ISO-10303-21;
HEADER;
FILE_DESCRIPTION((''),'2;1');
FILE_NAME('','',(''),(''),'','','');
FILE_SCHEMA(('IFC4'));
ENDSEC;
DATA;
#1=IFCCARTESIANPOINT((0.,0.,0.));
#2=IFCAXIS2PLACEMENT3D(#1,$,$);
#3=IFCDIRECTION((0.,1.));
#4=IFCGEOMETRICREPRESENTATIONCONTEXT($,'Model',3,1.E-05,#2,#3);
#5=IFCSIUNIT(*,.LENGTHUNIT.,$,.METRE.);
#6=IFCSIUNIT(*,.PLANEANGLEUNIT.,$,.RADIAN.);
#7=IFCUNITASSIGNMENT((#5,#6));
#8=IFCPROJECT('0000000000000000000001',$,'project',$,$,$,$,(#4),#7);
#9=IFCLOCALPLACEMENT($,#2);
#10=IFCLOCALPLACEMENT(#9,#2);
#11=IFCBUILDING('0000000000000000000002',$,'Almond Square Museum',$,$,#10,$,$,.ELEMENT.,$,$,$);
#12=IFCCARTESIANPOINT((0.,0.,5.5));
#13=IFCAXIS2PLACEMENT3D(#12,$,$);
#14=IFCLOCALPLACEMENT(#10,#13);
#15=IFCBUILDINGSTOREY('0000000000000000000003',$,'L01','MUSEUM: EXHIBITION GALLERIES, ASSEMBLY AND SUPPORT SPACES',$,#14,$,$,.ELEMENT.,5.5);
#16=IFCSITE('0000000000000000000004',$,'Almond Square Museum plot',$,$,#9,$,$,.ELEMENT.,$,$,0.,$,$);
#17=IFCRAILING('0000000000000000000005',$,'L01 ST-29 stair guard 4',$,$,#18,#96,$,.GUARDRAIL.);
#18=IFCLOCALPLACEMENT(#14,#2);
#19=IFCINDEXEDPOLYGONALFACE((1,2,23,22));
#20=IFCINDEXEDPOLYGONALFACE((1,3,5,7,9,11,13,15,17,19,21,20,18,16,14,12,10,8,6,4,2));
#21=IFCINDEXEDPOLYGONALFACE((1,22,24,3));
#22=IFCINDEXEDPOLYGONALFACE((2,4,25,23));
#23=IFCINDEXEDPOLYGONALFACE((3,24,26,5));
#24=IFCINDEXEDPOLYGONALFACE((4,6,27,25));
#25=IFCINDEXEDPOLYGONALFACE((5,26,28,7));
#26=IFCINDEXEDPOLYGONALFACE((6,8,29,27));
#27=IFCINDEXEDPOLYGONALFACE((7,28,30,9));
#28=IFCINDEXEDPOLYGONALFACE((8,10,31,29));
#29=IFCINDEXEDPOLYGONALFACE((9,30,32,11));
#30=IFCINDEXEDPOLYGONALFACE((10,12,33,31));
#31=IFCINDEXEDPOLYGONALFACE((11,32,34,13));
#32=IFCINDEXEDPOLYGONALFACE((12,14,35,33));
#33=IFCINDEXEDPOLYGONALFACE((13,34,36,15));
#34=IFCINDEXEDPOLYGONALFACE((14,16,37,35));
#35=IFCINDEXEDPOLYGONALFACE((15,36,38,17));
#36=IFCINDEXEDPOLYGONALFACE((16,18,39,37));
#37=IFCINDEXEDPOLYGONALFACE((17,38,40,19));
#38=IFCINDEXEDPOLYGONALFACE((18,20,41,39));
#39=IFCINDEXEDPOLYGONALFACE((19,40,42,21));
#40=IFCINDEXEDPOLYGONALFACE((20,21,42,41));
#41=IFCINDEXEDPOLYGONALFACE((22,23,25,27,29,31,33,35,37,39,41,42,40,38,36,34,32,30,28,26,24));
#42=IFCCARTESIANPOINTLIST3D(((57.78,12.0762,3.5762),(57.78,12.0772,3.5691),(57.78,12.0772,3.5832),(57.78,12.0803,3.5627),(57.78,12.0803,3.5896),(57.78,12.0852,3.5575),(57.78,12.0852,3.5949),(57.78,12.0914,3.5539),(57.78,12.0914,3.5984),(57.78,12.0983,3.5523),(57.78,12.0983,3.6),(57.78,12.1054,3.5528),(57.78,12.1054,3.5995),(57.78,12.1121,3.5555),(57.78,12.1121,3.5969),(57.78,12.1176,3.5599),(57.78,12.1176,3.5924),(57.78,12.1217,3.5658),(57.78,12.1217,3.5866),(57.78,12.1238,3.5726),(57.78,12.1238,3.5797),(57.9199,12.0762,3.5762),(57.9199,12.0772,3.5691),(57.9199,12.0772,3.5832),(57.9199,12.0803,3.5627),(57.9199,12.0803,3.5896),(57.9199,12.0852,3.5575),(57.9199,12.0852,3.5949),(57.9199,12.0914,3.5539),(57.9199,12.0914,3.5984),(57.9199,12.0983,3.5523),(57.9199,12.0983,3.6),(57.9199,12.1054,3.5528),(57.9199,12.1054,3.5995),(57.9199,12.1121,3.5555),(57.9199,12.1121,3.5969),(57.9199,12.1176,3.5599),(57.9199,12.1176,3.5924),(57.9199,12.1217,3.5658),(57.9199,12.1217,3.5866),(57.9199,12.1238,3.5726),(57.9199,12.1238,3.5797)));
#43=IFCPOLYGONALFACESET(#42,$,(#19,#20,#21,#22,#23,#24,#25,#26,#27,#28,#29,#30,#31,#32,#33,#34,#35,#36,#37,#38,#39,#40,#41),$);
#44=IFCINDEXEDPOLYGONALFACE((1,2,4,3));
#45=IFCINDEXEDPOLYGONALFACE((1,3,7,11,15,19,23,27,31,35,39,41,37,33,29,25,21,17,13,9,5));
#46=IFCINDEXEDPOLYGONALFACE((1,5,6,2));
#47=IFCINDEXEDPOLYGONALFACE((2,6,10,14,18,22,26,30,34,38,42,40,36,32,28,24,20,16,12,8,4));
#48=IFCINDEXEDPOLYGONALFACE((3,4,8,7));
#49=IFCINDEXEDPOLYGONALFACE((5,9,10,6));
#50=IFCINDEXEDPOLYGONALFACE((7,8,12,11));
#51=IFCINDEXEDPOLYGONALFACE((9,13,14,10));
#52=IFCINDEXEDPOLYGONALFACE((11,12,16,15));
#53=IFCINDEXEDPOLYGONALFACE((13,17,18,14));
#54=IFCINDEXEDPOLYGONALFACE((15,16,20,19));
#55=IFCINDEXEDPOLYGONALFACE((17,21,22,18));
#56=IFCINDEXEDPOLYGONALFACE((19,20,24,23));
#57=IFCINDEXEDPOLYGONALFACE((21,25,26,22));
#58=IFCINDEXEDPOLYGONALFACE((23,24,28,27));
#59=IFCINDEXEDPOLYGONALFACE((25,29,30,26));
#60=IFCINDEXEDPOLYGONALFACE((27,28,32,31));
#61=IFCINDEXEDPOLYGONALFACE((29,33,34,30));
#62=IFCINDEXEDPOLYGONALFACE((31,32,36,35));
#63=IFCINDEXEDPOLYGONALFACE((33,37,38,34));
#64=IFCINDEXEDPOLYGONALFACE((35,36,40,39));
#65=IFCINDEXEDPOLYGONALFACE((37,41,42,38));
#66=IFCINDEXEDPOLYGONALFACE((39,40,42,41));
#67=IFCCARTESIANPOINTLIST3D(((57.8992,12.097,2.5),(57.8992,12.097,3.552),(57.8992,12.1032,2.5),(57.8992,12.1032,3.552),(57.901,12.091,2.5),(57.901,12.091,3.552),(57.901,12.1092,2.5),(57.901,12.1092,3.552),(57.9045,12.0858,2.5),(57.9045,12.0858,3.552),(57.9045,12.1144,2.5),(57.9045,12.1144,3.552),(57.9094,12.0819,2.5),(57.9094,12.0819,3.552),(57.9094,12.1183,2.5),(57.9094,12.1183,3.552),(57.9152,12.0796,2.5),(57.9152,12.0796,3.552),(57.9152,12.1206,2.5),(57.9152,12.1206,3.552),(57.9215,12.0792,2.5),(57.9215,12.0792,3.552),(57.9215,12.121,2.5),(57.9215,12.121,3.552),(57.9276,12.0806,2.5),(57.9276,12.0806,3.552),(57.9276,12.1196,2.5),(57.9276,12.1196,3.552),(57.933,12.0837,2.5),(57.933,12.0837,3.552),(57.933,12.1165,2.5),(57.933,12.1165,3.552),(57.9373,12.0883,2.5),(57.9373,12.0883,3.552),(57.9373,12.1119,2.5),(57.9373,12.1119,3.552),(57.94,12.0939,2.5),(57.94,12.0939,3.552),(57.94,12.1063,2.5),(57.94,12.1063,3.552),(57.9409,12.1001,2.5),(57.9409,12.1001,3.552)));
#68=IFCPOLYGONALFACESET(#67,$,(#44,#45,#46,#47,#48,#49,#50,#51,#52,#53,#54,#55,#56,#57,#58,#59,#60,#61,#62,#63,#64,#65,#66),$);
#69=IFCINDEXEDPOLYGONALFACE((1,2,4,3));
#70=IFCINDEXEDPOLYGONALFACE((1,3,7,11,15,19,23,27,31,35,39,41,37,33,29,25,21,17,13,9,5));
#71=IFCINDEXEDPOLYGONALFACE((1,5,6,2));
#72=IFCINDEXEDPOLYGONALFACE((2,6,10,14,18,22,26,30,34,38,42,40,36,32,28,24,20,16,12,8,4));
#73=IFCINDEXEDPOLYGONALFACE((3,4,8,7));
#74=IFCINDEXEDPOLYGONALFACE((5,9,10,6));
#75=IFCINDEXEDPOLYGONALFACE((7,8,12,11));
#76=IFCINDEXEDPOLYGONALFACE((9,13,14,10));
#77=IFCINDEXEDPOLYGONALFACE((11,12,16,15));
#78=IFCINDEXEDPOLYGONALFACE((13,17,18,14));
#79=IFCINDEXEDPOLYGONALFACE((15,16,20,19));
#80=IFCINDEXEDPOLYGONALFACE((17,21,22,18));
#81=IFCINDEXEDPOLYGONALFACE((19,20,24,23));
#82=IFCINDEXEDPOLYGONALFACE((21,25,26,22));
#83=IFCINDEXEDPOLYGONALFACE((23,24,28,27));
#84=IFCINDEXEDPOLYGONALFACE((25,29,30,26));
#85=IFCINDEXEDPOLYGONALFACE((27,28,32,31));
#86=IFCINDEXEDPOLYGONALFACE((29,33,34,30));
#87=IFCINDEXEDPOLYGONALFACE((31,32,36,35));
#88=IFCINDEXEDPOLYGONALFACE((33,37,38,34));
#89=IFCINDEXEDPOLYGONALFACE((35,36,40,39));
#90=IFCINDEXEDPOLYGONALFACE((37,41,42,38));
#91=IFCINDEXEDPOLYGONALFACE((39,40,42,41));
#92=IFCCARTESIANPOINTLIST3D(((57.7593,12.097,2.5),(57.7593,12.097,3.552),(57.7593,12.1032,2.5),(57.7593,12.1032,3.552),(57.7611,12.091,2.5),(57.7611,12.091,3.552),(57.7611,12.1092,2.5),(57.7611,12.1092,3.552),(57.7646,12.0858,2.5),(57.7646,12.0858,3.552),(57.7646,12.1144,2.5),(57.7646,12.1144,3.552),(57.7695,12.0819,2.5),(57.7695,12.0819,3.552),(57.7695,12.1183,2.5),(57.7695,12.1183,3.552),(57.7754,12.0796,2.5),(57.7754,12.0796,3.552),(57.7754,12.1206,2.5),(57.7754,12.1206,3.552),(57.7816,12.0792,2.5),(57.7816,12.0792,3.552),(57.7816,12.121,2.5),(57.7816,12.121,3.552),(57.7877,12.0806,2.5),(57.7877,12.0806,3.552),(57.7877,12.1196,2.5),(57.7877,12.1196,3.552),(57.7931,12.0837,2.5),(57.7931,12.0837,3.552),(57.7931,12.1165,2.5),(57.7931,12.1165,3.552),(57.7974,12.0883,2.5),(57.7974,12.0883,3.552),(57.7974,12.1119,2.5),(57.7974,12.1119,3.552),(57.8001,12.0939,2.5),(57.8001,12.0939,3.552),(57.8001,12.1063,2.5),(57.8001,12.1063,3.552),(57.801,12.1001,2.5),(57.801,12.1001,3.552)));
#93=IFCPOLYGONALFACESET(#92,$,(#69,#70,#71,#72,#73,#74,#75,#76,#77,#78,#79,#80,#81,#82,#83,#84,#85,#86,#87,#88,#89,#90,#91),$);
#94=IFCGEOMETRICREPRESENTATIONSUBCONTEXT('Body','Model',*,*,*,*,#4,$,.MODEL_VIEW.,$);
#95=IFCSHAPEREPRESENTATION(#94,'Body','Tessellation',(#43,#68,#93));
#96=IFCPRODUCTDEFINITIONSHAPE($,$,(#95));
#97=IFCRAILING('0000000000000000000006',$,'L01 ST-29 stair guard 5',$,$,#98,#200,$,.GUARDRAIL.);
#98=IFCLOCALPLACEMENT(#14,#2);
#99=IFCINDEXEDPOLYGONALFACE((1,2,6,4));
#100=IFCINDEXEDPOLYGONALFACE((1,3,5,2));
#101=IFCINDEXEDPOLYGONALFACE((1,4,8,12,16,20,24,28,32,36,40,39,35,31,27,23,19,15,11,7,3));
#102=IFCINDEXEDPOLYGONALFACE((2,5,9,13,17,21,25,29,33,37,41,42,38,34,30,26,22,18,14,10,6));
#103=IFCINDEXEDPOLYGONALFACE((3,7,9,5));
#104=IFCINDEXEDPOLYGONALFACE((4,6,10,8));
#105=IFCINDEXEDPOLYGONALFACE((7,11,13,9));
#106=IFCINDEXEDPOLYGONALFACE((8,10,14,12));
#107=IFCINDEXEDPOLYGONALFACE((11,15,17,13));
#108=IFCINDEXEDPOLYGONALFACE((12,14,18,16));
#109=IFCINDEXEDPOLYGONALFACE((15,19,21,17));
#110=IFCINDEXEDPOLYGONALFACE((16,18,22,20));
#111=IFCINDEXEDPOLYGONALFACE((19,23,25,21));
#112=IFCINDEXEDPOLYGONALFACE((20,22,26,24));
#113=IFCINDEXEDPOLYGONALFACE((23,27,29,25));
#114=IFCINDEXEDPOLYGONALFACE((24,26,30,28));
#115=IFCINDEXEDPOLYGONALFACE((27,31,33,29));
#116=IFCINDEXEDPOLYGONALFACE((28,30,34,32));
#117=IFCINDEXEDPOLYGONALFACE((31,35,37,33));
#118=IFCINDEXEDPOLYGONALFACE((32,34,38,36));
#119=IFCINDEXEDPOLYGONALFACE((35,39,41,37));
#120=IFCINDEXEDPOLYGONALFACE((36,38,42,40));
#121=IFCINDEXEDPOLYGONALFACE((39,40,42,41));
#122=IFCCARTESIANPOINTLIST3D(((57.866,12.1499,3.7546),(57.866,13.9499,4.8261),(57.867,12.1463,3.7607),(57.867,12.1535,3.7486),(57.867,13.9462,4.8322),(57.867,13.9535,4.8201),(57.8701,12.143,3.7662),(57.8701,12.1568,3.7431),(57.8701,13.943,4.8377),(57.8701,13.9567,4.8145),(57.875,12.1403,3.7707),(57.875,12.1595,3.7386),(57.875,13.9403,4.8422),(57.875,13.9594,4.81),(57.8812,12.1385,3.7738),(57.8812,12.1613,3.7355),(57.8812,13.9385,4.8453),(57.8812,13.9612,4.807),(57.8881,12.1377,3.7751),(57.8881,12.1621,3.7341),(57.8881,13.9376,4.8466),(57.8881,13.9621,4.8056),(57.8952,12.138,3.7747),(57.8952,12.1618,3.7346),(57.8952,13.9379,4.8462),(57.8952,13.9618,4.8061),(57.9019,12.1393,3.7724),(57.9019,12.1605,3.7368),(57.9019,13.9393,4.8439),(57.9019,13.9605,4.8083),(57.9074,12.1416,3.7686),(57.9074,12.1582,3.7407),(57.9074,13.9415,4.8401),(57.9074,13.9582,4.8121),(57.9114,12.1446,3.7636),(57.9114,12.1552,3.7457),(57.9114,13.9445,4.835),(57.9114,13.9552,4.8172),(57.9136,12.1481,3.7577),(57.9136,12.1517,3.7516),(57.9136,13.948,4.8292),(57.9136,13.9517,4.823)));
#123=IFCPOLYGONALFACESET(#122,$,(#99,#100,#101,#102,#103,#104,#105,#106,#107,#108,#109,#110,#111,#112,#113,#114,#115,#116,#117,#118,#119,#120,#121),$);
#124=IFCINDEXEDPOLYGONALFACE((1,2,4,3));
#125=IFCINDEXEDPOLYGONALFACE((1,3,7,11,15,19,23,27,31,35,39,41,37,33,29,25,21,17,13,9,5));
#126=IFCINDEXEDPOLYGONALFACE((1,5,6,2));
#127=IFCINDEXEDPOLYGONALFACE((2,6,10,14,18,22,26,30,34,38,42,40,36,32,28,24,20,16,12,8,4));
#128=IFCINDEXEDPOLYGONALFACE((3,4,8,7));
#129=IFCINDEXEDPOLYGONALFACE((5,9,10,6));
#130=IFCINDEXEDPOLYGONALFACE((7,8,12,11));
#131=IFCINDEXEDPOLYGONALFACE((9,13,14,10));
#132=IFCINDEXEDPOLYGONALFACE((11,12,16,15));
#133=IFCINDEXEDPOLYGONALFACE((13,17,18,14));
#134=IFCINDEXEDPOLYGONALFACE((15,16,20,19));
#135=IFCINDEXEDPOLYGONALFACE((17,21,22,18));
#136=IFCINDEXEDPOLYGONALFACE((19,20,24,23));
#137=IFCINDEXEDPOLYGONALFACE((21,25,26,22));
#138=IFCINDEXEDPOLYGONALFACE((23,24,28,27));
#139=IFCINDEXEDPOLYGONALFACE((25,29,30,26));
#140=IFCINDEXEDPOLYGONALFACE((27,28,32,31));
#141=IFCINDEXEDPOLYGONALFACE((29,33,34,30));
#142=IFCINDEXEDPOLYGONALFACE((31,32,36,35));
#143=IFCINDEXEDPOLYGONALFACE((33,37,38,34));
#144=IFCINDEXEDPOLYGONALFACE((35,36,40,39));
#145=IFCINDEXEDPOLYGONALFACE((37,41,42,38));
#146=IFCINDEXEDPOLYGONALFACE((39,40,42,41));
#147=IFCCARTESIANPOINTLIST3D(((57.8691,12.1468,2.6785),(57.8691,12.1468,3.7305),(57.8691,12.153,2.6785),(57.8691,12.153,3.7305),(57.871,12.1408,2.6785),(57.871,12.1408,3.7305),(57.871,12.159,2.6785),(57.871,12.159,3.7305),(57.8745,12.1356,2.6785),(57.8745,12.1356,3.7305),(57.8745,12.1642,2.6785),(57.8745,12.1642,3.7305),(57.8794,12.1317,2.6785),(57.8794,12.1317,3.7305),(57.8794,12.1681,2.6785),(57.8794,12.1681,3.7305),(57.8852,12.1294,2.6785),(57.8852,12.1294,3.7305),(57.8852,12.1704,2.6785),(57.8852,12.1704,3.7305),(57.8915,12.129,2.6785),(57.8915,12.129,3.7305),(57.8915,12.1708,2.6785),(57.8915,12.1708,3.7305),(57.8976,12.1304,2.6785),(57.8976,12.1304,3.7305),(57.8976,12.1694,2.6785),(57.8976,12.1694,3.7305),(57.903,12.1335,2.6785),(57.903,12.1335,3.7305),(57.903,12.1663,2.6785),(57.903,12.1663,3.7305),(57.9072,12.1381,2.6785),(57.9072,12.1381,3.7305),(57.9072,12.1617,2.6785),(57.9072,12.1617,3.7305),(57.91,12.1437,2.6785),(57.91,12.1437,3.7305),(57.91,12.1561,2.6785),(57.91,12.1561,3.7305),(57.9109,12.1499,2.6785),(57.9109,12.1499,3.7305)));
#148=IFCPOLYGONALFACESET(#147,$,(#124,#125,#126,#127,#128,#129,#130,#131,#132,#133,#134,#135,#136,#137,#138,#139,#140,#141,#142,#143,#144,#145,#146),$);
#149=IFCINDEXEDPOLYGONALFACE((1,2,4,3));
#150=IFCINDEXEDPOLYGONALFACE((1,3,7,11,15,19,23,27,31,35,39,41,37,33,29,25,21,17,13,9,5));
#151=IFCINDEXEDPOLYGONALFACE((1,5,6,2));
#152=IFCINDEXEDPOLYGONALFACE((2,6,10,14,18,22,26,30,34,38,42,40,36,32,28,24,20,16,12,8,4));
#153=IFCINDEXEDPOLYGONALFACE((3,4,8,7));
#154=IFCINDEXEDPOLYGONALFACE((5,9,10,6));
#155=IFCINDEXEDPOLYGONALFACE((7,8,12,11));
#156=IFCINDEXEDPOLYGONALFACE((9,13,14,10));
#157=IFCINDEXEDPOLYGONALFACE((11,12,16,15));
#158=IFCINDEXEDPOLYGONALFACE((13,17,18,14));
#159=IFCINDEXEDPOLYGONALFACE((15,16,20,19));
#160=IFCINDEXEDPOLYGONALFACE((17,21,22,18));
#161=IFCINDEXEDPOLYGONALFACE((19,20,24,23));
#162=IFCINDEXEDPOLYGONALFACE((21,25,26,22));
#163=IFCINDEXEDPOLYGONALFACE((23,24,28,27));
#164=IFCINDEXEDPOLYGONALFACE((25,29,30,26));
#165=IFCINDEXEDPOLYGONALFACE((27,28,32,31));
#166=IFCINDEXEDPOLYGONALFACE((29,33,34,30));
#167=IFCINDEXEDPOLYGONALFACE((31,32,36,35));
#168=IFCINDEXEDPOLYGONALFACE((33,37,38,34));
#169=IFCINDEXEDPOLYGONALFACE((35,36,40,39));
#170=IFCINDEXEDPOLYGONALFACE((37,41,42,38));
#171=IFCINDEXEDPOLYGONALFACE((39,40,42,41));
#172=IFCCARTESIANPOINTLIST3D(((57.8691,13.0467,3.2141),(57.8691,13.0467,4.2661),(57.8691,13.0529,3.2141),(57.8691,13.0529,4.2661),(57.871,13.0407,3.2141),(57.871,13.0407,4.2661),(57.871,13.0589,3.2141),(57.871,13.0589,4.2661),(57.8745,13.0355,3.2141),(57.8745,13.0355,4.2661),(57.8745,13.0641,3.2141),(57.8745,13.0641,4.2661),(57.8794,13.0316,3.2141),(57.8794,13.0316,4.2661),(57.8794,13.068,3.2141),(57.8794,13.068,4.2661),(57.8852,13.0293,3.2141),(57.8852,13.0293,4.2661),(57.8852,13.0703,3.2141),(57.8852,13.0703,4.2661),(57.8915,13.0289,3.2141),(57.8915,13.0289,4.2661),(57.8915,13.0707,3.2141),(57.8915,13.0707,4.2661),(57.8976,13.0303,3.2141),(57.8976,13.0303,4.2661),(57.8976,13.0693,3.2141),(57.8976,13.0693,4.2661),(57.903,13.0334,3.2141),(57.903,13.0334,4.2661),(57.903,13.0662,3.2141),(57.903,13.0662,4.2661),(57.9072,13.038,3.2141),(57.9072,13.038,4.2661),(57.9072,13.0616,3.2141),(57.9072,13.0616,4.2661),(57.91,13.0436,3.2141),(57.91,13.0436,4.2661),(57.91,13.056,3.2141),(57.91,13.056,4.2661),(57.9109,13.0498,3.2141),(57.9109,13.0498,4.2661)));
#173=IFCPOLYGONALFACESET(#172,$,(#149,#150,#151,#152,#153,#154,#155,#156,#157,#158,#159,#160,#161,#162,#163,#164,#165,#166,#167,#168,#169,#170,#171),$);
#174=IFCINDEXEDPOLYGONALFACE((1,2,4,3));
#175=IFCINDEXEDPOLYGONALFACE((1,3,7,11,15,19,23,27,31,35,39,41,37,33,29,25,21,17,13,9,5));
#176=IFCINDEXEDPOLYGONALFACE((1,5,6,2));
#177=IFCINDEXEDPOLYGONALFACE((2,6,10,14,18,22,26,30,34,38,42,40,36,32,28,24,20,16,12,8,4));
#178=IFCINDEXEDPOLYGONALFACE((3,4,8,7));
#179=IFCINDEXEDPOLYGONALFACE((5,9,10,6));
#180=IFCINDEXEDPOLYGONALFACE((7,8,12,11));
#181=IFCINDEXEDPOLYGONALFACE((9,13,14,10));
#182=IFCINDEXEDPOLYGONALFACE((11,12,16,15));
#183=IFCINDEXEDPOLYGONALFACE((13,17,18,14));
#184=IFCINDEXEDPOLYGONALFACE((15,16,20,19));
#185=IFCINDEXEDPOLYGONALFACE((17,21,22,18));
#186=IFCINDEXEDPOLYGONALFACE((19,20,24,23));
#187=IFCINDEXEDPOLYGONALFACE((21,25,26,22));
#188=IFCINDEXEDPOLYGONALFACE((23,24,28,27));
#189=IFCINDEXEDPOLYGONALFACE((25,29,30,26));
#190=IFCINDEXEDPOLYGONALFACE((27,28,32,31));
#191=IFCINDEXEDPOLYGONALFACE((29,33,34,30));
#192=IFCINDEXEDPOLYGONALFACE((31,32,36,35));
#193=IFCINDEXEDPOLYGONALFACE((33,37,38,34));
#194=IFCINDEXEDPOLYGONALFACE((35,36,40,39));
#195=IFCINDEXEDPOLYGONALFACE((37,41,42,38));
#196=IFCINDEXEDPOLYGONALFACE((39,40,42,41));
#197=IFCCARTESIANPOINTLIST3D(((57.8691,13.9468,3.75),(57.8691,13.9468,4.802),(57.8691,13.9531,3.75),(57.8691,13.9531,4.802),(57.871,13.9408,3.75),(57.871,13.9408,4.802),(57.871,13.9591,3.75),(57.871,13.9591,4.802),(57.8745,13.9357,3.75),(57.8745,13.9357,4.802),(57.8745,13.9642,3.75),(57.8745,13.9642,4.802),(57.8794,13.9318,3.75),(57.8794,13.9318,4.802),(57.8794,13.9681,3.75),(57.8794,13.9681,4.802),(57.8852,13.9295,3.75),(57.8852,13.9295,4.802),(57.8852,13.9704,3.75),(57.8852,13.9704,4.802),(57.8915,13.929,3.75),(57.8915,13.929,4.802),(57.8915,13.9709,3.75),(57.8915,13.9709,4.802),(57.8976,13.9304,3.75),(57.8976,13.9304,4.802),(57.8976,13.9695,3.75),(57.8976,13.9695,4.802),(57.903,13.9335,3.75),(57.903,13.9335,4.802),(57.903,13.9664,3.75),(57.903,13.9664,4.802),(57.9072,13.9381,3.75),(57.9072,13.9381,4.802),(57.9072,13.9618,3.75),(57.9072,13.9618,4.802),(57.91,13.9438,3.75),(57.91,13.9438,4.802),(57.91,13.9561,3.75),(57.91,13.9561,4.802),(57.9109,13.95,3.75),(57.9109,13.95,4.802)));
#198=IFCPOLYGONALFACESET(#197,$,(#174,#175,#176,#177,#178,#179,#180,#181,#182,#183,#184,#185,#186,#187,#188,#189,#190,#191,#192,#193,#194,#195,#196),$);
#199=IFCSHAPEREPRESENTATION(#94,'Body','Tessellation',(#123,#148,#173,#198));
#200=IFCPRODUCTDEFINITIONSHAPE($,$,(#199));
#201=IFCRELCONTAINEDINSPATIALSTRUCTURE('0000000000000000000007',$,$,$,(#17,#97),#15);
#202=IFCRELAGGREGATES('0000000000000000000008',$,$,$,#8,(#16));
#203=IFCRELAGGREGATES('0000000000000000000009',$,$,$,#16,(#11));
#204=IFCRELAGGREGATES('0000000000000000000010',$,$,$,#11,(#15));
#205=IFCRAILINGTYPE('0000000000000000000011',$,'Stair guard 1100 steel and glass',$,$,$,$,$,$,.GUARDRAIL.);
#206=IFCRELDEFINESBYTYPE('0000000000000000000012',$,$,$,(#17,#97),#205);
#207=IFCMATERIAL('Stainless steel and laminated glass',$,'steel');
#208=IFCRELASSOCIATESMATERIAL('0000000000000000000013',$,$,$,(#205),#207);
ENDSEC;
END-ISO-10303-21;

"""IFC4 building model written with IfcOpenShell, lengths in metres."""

from ifc_helpers import new_model, si_unit, direction, frame, origin, origin_2d, place, context, subcontext, project, spatial, circle, extrude, material, type_object, element, save


model = new_model("IFC4")

# Units and contexts
model_context = context("Model", 3, precision=1e-05, world=origin(), true_north=direction((0.0, 1.0)))
body_context = subcontext(model_context, "Body", "Model", "MODEL_VIEW")
ifc_project = project(units=[si_unit("LENGTHUNIT", "METRE"), si_unit("PLANEANGLEUNIT", "RADIAN")], contexts=[model_context])

# Site, building, storey
site_placement = place(None, origin())
site = spatial("IfcSite", under=ifc_project, at=site_placement, Name="Almond Square Museum plot", CompositionType="ELEMENT", RefElevation=0.0)
building_placement = place(site_placement, origin())
building = spatial("IfcBuilding", under=site, at=building_placement, Name="Almond Square Museum", CompositionType="ELEMENT")
storey_placement = place(building_placement, frame((0.0, 0.0, 5.5)))
storey = spatial("IfcBuildingStorey", under=building, at=storey_placement, Name="L01", Description="MUSEUM: EXHIBITION GALLERIES, ASSEMBLY AND SUPPORT SPACES", CompositionType="ELEMENT", Elevation=5.5)

# Railings
ifc_material_1 = material(Name="Stainless steel and laminated glass", Category="steel")
railing_type_1 = type_object("IfcRailingType", Name="Stair guard 1100 steel and glass", PredefinedType="GUARDRAIL", material=ifc_material_1)
railing_1_placement = place(storey_placement, frame((57.9199, 12.1001, 2.5)))
element("IfcRailing", 1, at=railing_1_placement, inside=storey, type_object=railing_type_1, Name="L01 ST-29 stair guard 4", PredefinedType="GUARDRAIL", context=body_context, shape_type="SweptSolid", body=[
    extrude(circle(Radius=0.0239, at=origin_2d()), frame((0.0, 0.0, 1.0762), z_axis=(-1.0, 0.0, 0.0), x_axis=(0.0, -1.0, 0.0)), (0.0, 0.0, 1.0), 0.1399),
    extrude(circle(Radius=0.021, at=origin_2d()), origin(), (0.0, 0.0, 1.0), 1.052),
    extrude(circle(Radius=0.021, at=origin_2d()), frame((-0.1399, 0.0, 0.0)), (0.0, 0.0, 1.0), 1.052),
])
railing_2_placement = place(storey_placement, frame((57.8899, 12.1499, 2.6785)))
element("IfcRailing", 2, at=railing_2_placement, inside=storey, type_object=railing_type_1, Name="L01 ST-29 stair guard 5", PredefinedType="GUARDRAIL", context=body_context, shape_type="SweptSolid", body=[
    extrude(circle(Radius=0.0239, at=origin_2d()), frame((0.0, 0.0, 1.0762), z_axis=(0.0, 0.859277, 0.51151), x_axis=(-1.0, 0.0, 0.0)), (0.0, 0.0, 1.0), 2.0947),
    extrude(circle(Radius=0.021, at=origin_2d()), origin(), (0.0, 0.0, 1.0), 1.052),
    extrude(circle(Radius=0.021, at=origin_2d()), frame((0.0, 0.8999, 0.5356)), (0.0, 0.0, 1.0), 1.052),
    extrude(circle(Radius=0.021, at=origin_2d()), frame((0.0, 1.8, 1.0715)), (0.0, 0.0, 1.0), 1.052),
])

save(model, "model.ifc")
